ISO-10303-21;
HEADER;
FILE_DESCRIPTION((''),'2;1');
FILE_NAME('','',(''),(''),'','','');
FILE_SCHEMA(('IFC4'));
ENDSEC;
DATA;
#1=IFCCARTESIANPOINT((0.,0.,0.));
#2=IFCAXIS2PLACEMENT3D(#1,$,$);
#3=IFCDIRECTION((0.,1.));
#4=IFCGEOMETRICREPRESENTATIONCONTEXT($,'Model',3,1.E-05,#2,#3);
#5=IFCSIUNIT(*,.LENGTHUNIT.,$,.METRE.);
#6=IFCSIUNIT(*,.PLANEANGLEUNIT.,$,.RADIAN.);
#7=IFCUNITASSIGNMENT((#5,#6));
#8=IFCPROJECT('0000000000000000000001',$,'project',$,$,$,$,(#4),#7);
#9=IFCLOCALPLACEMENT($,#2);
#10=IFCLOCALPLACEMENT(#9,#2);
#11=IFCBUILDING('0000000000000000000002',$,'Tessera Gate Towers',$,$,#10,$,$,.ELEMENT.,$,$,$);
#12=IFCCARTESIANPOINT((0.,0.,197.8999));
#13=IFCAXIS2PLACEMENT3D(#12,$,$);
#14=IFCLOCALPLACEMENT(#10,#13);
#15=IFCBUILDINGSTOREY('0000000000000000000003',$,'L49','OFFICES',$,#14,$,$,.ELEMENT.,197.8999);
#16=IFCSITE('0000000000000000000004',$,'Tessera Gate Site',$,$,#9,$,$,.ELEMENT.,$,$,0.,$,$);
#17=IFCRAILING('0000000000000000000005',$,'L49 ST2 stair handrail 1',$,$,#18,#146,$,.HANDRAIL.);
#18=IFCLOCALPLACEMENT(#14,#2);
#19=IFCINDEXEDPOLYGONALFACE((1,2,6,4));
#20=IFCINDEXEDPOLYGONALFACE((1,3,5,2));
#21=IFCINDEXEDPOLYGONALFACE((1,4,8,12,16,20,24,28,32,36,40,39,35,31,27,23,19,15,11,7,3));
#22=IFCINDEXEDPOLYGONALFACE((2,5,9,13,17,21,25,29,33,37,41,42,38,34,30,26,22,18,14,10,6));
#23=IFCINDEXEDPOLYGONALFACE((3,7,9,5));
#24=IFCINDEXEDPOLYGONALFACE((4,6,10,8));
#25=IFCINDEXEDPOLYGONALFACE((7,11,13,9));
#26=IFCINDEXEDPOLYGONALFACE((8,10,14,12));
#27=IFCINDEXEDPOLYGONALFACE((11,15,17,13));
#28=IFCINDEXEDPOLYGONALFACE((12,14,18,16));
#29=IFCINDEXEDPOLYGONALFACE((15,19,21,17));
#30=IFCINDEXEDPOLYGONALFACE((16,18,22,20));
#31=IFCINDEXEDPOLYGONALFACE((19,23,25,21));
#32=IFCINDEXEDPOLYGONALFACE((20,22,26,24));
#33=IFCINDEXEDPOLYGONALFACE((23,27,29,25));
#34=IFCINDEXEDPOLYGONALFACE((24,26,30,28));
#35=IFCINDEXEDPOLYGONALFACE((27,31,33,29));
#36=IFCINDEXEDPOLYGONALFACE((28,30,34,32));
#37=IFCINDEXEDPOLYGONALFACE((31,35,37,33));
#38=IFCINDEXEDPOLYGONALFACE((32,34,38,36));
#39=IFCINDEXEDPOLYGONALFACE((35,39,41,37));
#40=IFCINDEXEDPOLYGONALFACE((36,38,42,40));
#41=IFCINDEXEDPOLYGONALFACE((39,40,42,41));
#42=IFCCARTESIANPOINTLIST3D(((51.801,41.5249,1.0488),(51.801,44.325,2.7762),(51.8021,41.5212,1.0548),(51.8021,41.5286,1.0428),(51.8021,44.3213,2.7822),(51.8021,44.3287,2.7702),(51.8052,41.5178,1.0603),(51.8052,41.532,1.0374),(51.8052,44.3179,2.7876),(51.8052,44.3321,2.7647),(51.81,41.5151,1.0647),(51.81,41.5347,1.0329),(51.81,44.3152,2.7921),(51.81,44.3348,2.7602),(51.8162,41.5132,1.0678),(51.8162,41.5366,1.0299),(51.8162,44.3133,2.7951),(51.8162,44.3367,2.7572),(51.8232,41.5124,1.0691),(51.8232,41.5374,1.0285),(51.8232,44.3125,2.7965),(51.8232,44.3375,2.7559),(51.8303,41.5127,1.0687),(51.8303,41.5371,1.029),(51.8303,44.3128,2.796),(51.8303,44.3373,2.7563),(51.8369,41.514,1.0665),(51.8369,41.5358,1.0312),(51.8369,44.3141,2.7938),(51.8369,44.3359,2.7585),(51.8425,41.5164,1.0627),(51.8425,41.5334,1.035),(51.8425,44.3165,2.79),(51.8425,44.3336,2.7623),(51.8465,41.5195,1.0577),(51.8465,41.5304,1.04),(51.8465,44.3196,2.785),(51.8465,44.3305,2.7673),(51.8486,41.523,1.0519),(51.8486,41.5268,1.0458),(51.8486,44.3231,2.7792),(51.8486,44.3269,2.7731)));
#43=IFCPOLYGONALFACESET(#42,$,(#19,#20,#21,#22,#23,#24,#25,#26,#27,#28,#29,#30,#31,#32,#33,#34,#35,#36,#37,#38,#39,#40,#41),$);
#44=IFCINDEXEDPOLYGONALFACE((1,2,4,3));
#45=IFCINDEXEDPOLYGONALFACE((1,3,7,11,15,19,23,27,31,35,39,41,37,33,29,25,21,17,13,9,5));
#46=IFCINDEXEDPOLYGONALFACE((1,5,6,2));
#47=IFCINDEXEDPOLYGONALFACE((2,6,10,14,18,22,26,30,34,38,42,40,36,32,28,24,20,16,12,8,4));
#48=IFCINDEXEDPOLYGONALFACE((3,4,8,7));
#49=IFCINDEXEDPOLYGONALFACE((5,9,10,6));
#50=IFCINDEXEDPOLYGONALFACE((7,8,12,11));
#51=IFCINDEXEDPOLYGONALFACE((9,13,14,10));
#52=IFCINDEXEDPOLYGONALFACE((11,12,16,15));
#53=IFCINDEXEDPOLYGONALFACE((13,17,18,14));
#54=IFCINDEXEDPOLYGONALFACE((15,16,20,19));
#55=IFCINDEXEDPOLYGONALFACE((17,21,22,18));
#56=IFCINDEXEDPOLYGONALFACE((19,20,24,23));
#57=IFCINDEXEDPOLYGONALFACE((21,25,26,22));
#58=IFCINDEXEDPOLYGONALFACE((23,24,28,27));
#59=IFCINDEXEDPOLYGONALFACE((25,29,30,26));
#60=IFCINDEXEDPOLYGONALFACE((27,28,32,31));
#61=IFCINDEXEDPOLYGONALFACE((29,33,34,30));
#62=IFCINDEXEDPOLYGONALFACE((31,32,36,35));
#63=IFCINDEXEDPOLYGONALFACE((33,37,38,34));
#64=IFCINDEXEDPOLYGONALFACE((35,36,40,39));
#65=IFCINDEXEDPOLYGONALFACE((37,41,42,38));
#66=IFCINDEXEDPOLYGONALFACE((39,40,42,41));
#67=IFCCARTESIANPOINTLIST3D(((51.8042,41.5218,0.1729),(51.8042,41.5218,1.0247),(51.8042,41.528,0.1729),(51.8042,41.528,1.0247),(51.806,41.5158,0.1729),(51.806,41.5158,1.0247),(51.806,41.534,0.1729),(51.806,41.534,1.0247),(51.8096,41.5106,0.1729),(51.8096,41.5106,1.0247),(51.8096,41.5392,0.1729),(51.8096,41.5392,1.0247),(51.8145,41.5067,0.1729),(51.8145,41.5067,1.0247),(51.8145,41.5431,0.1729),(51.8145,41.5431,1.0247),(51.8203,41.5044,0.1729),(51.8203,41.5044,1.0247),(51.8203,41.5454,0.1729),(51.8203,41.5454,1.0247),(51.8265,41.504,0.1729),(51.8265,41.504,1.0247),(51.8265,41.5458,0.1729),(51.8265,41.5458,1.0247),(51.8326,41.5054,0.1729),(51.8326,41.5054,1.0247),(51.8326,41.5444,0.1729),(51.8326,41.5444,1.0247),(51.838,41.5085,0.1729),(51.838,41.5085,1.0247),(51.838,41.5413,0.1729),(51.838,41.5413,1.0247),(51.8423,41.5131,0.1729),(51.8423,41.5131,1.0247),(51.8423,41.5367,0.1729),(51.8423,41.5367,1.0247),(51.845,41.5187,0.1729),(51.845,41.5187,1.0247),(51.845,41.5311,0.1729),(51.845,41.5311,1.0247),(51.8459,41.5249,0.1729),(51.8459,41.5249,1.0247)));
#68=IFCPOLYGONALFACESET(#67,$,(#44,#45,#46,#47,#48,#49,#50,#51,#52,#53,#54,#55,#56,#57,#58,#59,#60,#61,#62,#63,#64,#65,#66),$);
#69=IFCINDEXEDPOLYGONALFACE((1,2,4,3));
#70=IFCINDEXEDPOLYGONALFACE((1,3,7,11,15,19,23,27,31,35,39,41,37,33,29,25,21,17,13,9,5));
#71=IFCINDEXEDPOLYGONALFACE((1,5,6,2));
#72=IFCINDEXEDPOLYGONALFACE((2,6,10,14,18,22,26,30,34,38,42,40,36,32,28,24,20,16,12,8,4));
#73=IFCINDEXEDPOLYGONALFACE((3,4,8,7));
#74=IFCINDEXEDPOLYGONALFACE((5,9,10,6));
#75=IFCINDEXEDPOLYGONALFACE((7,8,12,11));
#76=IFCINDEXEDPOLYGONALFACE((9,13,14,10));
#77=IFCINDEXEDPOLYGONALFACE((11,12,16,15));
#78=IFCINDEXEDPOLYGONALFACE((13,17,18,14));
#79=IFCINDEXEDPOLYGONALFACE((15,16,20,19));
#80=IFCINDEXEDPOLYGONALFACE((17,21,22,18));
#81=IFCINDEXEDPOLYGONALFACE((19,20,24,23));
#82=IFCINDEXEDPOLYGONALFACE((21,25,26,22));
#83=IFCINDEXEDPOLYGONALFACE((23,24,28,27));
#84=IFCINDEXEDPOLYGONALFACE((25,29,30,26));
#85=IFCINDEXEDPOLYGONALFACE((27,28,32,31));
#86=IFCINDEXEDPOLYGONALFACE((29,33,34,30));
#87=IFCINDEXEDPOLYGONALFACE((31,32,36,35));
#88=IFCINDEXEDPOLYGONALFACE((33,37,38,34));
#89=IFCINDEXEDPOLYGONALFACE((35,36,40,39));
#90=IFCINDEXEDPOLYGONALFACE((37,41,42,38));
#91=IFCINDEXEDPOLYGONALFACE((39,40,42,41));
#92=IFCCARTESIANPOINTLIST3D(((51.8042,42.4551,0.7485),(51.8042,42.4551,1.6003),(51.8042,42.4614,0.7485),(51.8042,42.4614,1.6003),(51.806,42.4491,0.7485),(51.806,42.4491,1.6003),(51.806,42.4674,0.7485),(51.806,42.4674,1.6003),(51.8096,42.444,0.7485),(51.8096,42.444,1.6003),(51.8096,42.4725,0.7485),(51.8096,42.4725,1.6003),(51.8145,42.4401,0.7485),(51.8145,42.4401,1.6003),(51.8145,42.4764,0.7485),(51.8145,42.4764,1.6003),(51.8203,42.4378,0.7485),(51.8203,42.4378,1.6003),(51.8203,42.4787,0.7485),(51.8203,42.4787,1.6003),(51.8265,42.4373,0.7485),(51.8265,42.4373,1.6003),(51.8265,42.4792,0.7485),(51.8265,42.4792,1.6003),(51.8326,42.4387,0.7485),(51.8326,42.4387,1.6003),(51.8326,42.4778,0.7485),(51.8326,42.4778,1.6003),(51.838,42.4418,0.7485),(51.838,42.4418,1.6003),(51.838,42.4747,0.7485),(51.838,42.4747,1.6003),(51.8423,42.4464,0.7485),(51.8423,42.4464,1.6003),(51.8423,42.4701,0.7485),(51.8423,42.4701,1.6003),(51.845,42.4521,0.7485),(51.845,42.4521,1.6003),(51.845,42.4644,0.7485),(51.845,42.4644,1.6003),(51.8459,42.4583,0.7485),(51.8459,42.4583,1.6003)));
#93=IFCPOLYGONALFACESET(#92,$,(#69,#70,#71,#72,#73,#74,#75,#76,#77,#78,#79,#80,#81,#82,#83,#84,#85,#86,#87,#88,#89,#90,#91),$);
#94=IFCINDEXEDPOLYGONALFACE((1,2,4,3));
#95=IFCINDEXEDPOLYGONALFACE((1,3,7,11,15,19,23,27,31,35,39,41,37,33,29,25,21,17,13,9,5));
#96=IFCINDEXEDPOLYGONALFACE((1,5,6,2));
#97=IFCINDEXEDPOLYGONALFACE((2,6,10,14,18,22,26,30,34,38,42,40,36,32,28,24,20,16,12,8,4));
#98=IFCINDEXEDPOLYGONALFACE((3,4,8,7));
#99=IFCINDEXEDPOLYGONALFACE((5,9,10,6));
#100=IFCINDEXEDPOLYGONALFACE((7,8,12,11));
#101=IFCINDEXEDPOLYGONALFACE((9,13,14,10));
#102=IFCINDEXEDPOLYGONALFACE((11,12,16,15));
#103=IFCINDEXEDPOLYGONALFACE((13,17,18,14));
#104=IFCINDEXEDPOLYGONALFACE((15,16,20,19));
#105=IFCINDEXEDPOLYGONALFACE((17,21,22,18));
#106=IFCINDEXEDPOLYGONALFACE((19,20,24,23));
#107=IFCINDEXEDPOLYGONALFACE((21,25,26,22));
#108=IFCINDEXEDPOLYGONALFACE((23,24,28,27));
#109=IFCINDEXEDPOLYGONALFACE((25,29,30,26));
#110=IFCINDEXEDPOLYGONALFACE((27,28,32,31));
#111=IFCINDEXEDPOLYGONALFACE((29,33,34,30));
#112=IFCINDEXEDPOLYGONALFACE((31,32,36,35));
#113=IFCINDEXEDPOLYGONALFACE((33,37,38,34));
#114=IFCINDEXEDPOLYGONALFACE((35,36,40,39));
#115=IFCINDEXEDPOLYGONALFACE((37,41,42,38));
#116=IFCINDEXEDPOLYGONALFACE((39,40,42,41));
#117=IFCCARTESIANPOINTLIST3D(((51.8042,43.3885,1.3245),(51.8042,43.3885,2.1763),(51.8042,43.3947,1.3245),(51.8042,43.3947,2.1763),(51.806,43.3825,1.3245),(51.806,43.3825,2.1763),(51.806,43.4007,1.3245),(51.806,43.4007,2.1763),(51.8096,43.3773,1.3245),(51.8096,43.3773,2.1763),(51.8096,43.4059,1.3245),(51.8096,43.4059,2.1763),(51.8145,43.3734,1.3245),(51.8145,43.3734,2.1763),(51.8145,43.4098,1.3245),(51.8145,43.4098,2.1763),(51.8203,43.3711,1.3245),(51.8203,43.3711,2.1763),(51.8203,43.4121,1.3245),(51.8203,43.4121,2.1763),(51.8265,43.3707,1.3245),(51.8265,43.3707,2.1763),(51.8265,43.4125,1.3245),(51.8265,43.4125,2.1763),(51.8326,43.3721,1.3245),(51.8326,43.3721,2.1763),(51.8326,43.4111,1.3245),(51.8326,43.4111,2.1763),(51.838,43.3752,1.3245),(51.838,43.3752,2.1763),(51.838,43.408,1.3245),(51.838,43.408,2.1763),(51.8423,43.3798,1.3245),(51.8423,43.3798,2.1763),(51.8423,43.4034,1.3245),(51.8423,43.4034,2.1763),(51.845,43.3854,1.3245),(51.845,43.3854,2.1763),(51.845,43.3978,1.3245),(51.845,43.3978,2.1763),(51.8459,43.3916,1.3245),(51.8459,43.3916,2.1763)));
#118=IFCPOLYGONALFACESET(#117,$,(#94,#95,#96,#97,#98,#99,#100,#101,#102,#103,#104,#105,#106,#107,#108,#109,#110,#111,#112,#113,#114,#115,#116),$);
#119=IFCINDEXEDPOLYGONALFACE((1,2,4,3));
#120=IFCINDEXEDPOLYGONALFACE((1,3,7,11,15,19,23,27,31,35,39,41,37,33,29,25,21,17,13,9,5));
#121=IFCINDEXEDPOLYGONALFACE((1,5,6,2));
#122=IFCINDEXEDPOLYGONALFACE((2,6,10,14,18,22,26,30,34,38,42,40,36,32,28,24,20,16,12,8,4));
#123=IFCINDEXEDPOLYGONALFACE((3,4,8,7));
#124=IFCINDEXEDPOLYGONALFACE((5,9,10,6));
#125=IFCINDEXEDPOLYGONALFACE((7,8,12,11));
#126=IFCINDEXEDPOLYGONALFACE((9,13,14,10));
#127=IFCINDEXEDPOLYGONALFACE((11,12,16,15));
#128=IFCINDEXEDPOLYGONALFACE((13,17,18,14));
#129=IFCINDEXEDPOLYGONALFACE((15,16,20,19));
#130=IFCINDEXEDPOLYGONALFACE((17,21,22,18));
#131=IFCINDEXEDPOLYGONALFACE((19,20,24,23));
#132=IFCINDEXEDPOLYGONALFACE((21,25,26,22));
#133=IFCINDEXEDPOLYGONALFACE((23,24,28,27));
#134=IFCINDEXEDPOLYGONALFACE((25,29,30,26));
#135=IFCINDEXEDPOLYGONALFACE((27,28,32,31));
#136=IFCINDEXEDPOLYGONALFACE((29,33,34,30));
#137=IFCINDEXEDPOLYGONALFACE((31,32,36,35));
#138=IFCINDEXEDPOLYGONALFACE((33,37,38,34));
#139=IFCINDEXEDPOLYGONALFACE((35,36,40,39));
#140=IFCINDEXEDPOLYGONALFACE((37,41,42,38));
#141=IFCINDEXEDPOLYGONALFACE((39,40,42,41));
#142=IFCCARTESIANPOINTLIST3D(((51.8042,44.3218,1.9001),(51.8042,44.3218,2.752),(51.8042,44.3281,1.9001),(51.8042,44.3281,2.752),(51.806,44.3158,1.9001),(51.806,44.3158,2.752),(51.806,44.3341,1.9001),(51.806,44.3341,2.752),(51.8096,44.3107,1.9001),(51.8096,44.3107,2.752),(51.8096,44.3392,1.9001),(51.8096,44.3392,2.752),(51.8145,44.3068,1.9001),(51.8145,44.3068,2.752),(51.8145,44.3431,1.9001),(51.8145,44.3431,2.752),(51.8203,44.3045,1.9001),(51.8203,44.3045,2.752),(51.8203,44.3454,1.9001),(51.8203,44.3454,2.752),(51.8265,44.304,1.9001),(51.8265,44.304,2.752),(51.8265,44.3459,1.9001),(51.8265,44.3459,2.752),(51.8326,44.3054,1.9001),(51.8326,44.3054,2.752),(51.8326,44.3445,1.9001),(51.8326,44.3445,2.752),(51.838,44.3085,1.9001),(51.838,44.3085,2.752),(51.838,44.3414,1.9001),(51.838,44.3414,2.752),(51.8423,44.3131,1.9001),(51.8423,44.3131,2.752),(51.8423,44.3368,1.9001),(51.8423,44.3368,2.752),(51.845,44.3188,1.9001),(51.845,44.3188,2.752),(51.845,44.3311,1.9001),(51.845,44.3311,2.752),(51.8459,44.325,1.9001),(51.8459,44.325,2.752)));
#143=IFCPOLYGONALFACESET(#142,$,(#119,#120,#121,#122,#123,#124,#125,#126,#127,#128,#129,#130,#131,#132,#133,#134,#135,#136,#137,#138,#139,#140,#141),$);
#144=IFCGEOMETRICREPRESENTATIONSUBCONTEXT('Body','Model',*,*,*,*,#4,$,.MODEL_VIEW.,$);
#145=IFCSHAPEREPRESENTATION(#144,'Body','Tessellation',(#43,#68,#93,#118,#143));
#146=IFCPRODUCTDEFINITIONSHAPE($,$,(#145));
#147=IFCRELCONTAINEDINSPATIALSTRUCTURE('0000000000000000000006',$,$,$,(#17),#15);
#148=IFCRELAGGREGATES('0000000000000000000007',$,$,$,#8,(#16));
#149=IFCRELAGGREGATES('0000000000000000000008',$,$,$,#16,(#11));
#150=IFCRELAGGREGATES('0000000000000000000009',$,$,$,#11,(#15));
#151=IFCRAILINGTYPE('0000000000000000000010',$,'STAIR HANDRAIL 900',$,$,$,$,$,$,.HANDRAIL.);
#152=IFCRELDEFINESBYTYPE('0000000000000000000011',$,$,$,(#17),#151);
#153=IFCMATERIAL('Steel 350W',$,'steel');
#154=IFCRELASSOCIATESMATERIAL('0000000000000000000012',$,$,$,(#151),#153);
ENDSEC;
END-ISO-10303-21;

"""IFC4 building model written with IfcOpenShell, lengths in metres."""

from ifc_helpers import new_model, si_unit, direction, frame, origin, origin_2d, place, context, subcontext, project, spatial, circle, extrude, material, type_object, element, save


model = new_model("IFC4")

# Units and contexts
model_context = context("Model", 3, precision=1e-05, world=origin(), true_north=direction((0.0, 1.0)))
body_context = subcontext(model_context, "Body", "Model", "MODEL_VIEW")
ifc_project = project(units=[si_unit("LENGTHUNIT", "METRE"), si_unit("PLANEANGLEUNIT", "RADIAN")], contexts=[model_context])

# Site, building, storey
site_placement = place(None, origin())
site = spatial("IfcSite", under=ifc_project, at=site_placement, Name="Tessera Gate Site", CompositionType="ELEMENT", RefElevation=0.0)
building_placement = place(site_placement, origin())
building = spatial("IfcBuilding", under=site, at=building_placement, Name="Tessera Gate Towers", CompositionType="ELEMENT")
storey_placement = place(building_placement, frame((0.0, 0.0, 197.8999)))
storey = spatial("IfcBuildingStorey", under=building, at=storey_placement, Name="L49", Description="OFFICES", CompositionType="ELEMENT", Elevation=197.8999)

# Railing
ifc_material_1 = material(Name="Steel 350W", Category="steel")
railing_type_1 = type_object("IfcRailingType", Name="STAIR HANDRAIL 900", PredefinedType="HANDRAIL", material=ifc_material_1)
railing_1_placement = place(storey_placement, frame((51.825, 41.5249, 0.1729)))
element("IfcRailing", 1, at=railing_1_placement, inside=storey, type_object=railing_type_1, Name="L49 ST2 stair handrail 1", PredefinedType="HANDRAIL", context=body_context, shape_type="SweptSolid", body=[
    extrude(circle(Radius=0.0239, at=origin_2d()), frame((0.0, 0.0, 0.876), z_axis=(0.0, 0.85109, 0.52502), x_axis=(-1.0, 0.0, 0.0)), (0.0, 0.0, 1.0), 3.29),
    extrude(circle(Radius=0.021, at=origin_2d()), origin(), (0.0, 0.0, 1.0), 0.8518),
    extrude(circle(Radius=0.021, at=origin_2d()), frame((0.0, 0.9333, 0.5757)), (0.0, 0.0, 1.0), 0.8518),
    extrude(circle(Radius=0.021, at=origin_2d()), frame((0.0, 1.8667, 1.1516)), (0.0, 0.0, 1.0), 0.8518),
    extrude(circle(Radius=0.021, at=origin_2d()), frame((0.0, 2.8, 1.7273)), (0.0, 0.0, 1.0), 0.8518),
])

save(model, "model.ifc")
